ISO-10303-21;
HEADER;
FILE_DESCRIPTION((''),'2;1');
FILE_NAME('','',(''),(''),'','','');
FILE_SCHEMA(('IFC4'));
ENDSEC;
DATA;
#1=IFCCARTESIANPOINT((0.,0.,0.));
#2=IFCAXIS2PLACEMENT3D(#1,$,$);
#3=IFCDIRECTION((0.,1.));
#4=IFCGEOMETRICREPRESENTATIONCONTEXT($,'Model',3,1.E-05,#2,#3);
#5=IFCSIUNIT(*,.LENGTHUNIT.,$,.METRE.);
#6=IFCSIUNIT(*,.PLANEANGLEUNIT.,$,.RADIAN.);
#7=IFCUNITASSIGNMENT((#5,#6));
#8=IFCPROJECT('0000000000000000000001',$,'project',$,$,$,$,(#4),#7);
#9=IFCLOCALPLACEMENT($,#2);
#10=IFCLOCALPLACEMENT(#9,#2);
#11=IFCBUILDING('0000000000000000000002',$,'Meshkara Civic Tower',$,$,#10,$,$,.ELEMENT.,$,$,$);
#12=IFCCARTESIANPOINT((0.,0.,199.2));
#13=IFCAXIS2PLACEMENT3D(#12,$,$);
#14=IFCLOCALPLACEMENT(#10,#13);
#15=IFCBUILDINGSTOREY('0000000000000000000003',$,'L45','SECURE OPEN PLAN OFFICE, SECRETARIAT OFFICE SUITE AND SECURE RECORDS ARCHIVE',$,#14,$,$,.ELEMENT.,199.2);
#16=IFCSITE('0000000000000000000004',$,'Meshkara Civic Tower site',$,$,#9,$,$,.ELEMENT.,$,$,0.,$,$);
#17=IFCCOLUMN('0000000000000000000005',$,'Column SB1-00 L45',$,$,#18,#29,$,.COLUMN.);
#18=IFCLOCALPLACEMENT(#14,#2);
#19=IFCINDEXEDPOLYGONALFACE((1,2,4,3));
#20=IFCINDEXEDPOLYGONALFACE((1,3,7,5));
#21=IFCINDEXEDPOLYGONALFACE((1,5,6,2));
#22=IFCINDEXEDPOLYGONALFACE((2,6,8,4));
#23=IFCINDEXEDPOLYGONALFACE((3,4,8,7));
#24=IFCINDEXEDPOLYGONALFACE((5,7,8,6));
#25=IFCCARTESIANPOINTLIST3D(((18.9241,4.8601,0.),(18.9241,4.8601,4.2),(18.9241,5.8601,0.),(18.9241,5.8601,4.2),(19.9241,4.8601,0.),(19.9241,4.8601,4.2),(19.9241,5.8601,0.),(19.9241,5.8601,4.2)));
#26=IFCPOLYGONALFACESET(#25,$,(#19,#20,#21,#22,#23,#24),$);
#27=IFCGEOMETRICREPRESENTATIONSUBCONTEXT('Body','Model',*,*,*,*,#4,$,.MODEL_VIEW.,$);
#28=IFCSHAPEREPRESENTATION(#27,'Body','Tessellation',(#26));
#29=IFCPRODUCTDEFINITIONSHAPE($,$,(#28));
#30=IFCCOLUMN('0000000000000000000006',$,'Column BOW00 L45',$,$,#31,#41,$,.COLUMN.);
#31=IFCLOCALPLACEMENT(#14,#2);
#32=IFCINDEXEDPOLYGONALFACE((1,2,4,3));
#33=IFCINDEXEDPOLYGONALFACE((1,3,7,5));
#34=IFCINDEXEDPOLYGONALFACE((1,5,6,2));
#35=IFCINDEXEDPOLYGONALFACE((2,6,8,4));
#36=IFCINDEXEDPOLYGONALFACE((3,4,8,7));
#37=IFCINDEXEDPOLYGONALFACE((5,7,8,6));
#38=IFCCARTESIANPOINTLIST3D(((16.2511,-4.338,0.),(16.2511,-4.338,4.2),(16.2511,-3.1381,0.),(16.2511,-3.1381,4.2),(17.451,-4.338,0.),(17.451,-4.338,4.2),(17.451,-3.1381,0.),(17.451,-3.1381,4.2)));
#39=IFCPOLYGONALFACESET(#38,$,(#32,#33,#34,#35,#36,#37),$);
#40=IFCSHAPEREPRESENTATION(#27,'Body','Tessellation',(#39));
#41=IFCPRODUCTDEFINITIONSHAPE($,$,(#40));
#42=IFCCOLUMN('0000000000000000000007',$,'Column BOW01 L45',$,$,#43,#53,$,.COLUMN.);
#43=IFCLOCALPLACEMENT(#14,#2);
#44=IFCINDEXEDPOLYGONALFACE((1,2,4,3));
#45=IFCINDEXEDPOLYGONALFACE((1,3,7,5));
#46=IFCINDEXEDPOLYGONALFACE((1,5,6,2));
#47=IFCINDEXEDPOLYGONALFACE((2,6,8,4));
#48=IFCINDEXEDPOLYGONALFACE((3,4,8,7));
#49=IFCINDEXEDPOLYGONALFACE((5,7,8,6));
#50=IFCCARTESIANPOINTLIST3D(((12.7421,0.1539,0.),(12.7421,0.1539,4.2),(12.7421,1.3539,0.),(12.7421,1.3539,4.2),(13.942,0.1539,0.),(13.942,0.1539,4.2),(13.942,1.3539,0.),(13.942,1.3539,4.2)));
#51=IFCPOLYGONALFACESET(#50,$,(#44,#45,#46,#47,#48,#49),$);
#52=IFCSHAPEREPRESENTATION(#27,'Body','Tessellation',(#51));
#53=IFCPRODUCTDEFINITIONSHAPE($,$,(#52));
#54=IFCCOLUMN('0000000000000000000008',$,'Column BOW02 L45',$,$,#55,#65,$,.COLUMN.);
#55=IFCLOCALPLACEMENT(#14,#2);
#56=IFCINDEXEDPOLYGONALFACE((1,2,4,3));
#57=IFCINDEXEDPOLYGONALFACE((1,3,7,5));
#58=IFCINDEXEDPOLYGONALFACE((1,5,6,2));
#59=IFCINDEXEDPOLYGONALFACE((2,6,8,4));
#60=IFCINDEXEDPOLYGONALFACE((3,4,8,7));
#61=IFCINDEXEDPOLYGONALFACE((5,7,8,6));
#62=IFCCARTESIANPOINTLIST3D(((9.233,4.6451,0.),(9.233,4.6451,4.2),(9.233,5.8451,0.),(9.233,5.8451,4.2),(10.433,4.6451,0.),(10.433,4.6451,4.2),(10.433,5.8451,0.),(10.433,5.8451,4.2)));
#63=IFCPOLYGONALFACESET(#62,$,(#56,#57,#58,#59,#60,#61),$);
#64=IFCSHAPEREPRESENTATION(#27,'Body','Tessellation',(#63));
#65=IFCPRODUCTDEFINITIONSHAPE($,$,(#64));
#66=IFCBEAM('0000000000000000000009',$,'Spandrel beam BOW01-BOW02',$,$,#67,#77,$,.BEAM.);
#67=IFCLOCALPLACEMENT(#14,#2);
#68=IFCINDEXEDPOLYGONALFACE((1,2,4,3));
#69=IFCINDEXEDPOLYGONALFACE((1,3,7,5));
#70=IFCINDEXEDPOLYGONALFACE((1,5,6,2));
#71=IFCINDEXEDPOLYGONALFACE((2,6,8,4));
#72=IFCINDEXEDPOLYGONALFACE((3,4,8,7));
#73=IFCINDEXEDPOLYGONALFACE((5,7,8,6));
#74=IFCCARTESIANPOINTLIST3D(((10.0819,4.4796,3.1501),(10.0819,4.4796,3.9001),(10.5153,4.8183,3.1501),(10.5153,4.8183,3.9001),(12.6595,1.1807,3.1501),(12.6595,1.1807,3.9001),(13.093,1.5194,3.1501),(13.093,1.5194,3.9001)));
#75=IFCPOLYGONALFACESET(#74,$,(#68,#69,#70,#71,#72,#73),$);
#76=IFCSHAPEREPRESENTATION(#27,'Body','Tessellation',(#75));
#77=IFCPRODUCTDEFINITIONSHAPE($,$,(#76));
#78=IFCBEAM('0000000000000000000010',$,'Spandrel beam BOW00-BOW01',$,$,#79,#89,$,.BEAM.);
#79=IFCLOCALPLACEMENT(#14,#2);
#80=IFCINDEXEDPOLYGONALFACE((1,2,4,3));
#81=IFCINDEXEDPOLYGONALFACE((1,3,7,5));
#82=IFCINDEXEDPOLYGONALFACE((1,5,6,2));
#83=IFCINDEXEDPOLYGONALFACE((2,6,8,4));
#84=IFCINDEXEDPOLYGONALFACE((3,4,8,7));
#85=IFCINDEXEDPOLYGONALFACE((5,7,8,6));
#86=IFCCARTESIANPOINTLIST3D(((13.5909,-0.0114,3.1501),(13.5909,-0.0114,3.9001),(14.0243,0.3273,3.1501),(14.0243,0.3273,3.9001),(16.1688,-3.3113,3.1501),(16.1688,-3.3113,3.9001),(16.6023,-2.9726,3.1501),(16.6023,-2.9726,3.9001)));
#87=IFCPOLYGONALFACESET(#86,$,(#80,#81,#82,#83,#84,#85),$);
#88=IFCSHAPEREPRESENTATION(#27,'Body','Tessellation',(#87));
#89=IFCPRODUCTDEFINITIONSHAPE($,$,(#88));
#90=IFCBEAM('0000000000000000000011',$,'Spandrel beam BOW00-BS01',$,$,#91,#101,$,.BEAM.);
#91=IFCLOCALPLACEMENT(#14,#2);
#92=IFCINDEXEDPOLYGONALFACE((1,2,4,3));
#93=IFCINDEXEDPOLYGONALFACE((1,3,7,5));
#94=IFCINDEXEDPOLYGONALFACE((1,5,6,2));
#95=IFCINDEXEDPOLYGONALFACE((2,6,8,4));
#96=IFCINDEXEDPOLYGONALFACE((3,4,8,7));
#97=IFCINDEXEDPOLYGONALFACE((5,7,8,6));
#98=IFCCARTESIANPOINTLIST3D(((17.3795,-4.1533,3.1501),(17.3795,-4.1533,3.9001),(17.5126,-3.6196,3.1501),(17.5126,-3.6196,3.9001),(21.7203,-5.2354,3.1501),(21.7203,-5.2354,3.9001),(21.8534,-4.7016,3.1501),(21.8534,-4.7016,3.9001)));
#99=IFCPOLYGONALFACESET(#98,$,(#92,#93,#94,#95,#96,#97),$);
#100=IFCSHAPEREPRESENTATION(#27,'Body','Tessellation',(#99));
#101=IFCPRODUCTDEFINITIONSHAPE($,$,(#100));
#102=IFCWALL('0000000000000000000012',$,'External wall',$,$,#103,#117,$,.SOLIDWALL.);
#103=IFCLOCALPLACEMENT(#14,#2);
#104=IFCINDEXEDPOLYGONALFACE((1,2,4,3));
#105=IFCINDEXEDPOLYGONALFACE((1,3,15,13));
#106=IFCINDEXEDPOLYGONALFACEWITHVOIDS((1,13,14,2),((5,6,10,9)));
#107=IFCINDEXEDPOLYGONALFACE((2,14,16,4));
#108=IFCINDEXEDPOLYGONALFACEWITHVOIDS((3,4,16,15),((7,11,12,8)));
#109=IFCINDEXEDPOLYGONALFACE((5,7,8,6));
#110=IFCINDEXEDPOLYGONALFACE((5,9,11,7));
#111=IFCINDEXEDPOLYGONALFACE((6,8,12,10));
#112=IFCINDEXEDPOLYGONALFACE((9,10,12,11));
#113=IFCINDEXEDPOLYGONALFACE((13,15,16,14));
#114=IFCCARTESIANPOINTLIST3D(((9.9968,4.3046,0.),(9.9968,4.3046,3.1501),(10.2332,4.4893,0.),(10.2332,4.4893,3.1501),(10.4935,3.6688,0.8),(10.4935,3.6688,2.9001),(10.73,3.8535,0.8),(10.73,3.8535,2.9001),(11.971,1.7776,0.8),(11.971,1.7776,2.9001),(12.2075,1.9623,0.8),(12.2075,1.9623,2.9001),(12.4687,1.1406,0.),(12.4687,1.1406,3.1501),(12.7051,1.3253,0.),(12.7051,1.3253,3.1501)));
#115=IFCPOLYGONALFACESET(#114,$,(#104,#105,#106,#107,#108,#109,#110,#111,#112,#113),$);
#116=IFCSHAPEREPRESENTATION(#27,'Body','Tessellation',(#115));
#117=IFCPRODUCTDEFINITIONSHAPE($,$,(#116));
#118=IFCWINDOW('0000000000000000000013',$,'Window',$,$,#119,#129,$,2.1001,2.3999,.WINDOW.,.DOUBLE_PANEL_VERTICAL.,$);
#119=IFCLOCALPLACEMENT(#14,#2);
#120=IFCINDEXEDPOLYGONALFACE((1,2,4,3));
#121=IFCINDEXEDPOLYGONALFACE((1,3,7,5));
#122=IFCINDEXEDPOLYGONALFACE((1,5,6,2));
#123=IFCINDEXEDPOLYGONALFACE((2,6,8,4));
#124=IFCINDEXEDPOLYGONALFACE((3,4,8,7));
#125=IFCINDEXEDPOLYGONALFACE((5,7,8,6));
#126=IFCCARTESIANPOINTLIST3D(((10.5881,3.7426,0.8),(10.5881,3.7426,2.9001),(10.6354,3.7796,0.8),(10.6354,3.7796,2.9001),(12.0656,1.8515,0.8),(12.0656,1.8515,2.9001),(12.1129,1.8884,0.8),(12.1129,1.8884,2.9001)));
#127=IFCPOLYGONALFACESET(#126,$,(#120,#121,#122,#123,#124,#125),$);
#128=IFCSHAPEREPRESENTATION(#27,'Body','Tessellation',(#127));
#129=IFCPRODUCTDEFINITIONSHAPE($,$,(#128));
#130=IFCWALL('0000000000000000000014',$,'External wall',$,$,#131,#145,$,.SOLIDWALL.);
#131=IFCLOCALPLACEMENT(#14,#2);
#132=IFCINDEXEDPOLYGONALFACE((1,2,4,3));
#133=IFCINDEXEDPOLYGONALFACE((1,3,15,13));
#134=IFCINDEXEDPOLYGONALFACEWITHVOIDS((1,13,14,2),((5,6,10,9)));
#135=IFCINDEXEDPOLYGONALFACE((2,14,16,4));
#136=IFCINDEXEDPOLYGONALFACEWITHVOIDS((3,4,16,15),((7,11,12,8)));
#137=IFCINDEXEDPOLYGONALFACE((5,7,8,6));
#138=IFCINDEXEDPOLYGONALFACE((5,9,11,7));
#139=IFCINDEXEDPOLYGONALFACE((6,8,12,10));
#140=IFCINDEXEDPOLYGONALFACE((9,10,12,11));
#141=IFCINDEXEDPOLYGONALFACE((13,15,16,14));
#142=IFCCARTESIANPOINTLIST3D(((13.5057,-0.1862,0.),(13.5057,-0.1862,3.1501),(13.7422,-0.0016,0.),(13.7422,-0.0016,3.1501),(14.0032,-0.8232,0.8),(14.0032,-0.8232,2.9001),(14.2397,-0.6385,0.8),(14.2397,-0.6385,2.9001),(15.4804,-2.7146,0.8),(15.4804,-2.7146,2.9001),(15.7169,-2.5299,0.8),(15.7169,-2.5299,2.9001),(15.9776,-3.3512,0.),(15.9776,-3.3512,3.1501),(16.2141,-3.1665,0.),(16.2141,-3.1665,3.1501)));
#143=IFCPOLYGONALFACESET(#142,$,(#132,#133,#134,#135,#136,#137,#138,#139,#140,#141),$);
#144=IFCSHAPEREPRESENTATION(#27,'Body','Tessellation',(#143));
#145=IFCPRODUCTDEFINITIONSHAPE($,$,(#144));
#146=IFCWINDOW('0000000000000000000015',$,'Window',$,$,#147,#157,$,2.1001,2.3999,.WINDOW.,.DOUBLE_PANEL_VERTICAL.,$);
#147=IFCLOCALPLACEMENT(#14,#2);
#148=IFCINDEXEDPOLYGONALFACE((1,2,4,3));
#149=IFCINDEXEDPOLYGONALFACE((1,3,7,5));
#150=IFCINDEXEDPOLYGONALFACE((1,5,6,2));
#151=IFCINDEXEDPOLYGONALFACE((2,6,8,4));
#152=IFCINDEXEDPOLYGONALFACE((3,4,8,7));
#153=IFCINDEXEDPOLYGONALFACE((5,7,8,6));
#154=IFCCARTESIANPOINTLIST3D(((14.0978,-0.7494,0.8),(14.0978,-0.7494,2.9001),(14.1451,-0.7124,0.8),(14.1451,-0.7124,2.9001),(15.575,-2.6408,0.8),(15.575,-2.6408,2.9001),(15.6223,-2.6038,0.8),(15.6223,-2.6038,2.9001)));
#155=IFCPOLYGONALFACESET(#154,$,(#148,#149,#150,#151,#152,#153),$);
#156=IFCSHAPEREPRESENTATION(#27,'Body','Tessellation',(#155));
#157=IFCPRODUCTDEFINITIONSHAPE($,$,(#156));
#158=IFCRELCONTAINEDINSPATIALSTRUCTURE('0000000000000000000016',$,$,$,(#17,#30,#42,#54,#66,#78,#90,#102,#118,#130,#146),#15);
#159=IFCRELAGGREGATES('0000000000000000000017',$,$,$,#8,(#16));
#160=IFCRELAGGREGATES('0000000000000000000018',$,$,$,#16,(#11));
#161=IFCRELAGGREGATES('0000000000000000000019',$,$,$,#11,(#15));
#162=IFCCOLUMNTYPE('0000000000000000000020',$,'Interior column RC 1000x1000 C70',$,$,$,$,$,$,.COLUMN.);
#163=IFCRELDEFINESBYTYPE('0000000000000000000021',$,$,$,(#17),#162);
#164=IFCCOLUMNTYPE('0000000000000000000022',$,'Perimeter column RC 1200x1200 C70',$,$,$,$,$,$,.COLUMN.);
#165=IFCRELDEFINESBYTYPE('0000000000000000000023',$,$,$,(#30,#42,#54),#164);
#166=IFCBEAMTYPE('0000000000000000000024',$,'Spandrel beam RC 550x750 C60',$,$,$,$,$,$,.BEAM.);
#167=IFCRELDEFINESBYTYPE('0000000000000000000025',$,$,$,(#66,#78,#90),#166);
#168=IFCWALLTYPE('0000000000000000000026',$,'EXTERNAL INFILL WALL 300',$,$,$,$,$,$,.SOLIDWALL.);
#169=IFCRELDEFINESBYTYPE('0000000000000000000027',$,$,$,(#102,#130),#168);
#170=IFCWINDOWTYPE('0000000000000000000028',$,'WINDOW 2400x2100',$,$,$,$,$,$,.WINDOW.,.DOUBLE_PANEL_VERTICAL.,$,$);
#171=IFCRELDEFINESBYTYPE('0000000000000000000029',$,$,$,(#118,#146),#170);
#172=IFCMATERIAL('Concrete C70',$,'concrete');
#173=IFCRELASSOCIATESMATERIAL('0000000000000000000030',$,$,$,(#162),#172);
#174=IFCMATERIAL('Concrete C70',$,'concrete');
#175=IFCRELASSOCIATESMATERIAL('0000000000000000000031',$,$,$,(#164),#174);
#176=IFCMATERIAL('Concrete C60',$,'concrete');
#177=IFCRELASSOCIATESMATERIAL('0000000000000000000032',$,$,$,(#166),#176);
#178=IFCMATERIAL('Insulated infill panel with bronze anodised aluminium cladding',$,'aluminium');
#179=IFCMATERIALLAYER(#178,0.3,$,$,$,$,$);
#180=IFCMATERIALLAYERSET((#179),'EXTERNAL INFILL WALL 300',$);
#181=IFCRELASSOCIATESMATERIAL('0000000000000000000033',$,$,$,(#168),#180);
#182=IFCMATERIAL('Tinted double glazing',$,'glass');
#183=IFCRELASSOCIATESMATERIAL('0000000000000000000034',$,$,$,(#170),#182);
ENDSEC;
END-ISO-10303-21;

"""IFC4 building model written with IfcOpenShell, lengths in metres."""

from ifc_helpers import new_model, si_unit, direction, frame, frame_2d, origin, origin_2d, place, context, subcontext, project, spatial, rectangle, extrude, material, layer, layer_set, material_profile, profile_set, type_object, element, fill, save


model = new_model("IFC4")

# Units and contexts
model_context = context("Model", 3, precision=1e-05, world=origin(), true_north=direction((0.0, 1.0)))
body_context = subcontext(model_context, "Body", "Model", "MODEL_VIEW")
ifc_project = project(units=[si_unit("LENGTHUNIT", "METRE"), si_unit("PLANEANGLEUNIT", "RADIAN")], contexts=[model_context])

# Site, building, storey
site_placement = place(None, origin())
site = spatial("IfcSite", under=ifc_project, at=site_placement, Name="Meshkara Civic Tower site", CompositionType="ELEMENT", RefElevation=0.0)
building_placement = place(site_placement, origin())
building = spatial("IfcBuilding", under=site, at=building_placement, Name="Meshkara Civic Tower", CompositionType="ELEMENT")
storey_placement = place(building_placement, frame((0.0, 0.0, 199.2)))
storey = spatial("IfcBuildingStorey", under=building, at=storey_placement, Name="L45", Description="SECURE OPEN PLAN OFFICE, SECRETARIAT OFFICE SUITE AND SECURE RECORDS ARCHIVE", CompositionType="ELEMENT", Elevation=199.2)

# Columns
ifc_material_1 = material(Name="Concrete C70", Category="concrete")
ifc_material_profile_1 = material_profile(ifc_material_1, rectangle(XDim=1.0, YDim=1.0, at=origin_2d()))
ifc_profile_set_1 = profile_set([ifc_material_profile_1], Name="Concrete C70")
column_type_1 = type_object("IfcColumnType", Name="Interior column RC 1000x1000 C70", PredefinedType="COLUMN", material=ifc_profile_set_1)
column_placement = place(storey_placement, frame((19.4241, 5.3601, 0.0), z_axis=(0.0, 0.0, 1.0), x_axis=(1.0, 0.0, 0.0)))
element("IfcColumn", 1, at=column_placement, inside=storey, type_object=column_type_1, Name="Column SB1-00 L45", PredefinedType="COLUMN", context=body_context, shape_type="SweptSolid", body=[
    extrude(rectangle(XDim=1.0, YDim=1.0, at=origin_2d()), origin(), (0.0, 0.0, 1.0), 4.2),
])
ifc_material_2 = material(Name="Concrete C70", Category="concrete")
ifc_material_profile_2 = material_profile(ifc_material_2, rectangle(XDim=1.2, YDim=1.2, at=origin_2d()))
ifc_profile_set_2 = profile_set([ifc_material_profile_2], Name="Concrete C70")
column_type_2 = type_object("IfcColumnType", Name="Perimeter column RC 1200x1200 C70", PredefinedType="COLUMN", material=ifc_profile_set_2)
for number, where, z_axis, x_axis, name in (
    (2, (16.8511, -3.738, 0.0), (0.0, 0.0, 1.0), (1.0, 0.0, 0.0), "Column BOW00 L45"),
    (3, (13.342, 0.7539, 0.0), (0.0, 0.0, 1.0), (1.0, 0.0, 0.0), "Column BOW01 L45"),
    (4, (9.833, 5.2451, 0.0), (0.0, 0.0, 1.0), (1.0, 0.0, 0.0), "Column BOW02 L45"),
):
    element("IfcColumn", number, at=place(storey_placement, frame(where, z_axis=z_axis, x_axis=x_axis)), inside=storey, type_object=column_type_2, Name=name, PredefinedType="COLUMN", context=body_context, shape_type="SweptSolid", body=[
        extrude(rectangle(XDim=1.2, YDim=1.2, at=origin_2d()), origin(), (0.0, 0.0, 1.0), 4.2),
    ])

# Beams
ifc_material_3 = material(Name="Concrete C60", Category="concrete")
ifc_material_profile_3 = material_profile(ifc_material_3, rectangle(XDim=0.55, YDim=0.75, at=origin_2d()))
ifc_profile_set_3 = profile_set([ifc_material_profile_3], Name="Concrete C60")
beam_type = type_object("IfcBeamType", Name="Spandrel beam RC 550x750 C60", PredefinedType="BEAM", material=ifc_profile_set_3)
beam_1_placement = place(storey_placement, frame((10.2986, 4.6489, 3.5251), z_axis=(0.615707, -0.787975, 0.0), x_axis=(0.787975, 0.615707, 0.0)))
element("IfcBeam", 5, at=beam_1_placement, inside=storey, type_object=beam_type, Name="Spandrel beam BOW01-BOW02", PredefinedType="BEAM", context=body_context, shape_type="SweptSolid", body=[
    extrude(rectangle(XDim=0.55, YDim=0.75, at=origin_2d()), origin(), (0.0, 0.0, 1.0), 4.1865),
])
beam_2_placement = place(storey_placement, frame((13.8076, 0.158, 3.5251), z_axis=(0.61563, -0.788035, 0.0), x_axis=(0.788035, 0.61563, 0.0)))
element("IfcBeam", 6, at=beam_2_placement, inside=storey, type_object=beam_type, Name="Spandrel beam BOW00-BOW01", PredefinedType="BEAM", context=body_context, shape_type="SweptSolid", body=[
    extrude(rectangle(XDim=0.55, YDim=0.75, at=origin_2d()), origin(), (0.0, 0.0, 1.0), 4.1875),
])
beam_3_placement = place(storey_placement, frame((17.446, -3.8865, 3.5251), z_axis=(0.970309, -0.241868, 0.0), x_axis=(0.241868, 0.970309, 0.0)))
element("IfcBeam", 7, at=beam_3_placement, inside=storey, type_object=beam_type, Name="Spandrel beam BOW00-BS01", PredefinedType="BEAM", context=body_context, shape_type="SweptSolid", body=[
    extrude(rectangle(XDim=0.55, YDim=0.75, at=origin_2d()), origin(), (0.0, 0.0, 1.0), 4.4736),
])

# Walls, openings, windows
ifc_material_4 = material(Name="Insulated infill panel with bronze anodised aluminium cladding", Category="aluminium")
ifc_layer = layer(ifc_material_4, 0.3)
ifc_layer_set = layer_set([ifc_layer], Name="EXTERNAL INFILL WALL 300")
wall_type = type_object("IfcWallType", Name="EXTERNAL INFILL WALL 300", PredefinedType="SOLIDWALL", material=ifc_layer_set)
wall_1_placement = place(storey_placement, frame((10.115, 4.397, 0.0), z_axis=(0.0, 0.0, 1.0), x_axis=(0.615644, -0.788024, 0.0)))
wall_1 = element("IfcWall", 8, at=wall_1_placement, inside=storey, type_object=wall_type, Name="External wall", PredefinedType="SOLIDWALL", context=body_context, shape_type="SweptSolid", body=[
    extrude(rectangle(XDim=4.0151, YDim=0.3, at=frame_2d((2.0076, 0.0))), origin(), (0.0, 0.0, 1.0), 3.1501),
])
opening_1_placement = place(wall_1_placement, frame((0.8069, 0.0, 0.8)))
opening_1 = element("IfcOpeningElement", 9, at=opening_1_placement, cuts=wall_1, PredefinedType="OPENING", context=body_context, shape_type="SweptSolid", body=[
    extrude(rectangle(XDim=2.3999, YDim=2.1001, at=frame_2d((1.2, 1.05))), frame((0.0, 0.1599, 0.0), z_axis=(0.0, -1.0, 0.0), x_axis=(1.0, 0.0, 0.0)), (0.0, 0.0, 1.0), 0.3201),
])
ifc_material_5 = material(Name="Tinted double glazing", Category="glass")
window_type = type_object("IfcWindowType", Name="WINDOW 2400x2100", PartitioningType="DOUBLE_PANEL_VERTICAL", PredefinedType="WINDOW", material=ifc_material_5)
window_1_placement = place(opening_1_placement, origin())
window_1 = element("IfcWindow", 10, at=window_1_placement, inside=storey, type_object=window_type, Name="Window", OverallHeight=2.1001, OverallWidth=2.3999, PartitioningType="DOUBLE_PANEL_VERTICAL", PredefinedType="WINDOW", context=body_context, shape_type="SweptSolid", body=[
    extrude(rectangle(XDim=2.3999, YDim=2.1001, at=frame_2d((1.2, 1.05))), frame((0.0, 0.03, 0.0), z_axis=(0.0, -1.0, 0.0), x_axis=(1.0, 0.0, 0.0)), (0.0, 0.0, 1.0), 0.0601),
])
fill(opening_1, window_1)
wall_2_placement = place(storey_placement, frame((13.624, -0.094, 0.0), z_axis=(0.0, 0.0, 1.0), x_axis=(0.615526, -0.788117, 0.0)))
wall_2 = element("IfcWall", 11, at=wall_2_placement, inside=storey, type_object=wall_type, Name="External wall", PredefinedType="SOLIDWALL", context=body_context, shape_type="SweptSolid", body=[
    extrude(rectangle(XDim=4.0159, YDim=0.3, at=frame_2d((2.0078, 0.0))), origin(), (0.0, 0.0, 1.0), 3.1501),
])
opening_2_placement = place(wall_2_placement, frame((0.8081, 0.0, 0.8)))
opening_2 = element("IfcOpeningElement", 12, at=opening_2_placement, cuts=wall_2, PredefinedType="OPENING", context=body_context, shape_type="SweptSolid", body=[
    extrude(rectangle(XDim=2.3999, YDim=2.1001, at=frame_2d((1.2, 1.05))), frame((0.0, 0.1599, 0.0), z_axis=(0.0, -1.0, 0.0), x_axis=(1.0, 0.0, 0.0)), (0.0, 0.0, 1.0), 0.3201),
])
window_2_placement = place(opening_2_placement, origin())
window_2 = element("IfcWindow", 13, at=window_2_placement, inside=storey, type_object=window_type, Name="Window", OverallHeight=2.1001, OverallWidth=2.3999, PartitioningType="DOUBLE_PANEL_VERTICAL", PredefinedType="WINDOW", context=body_context, shape_type="SweptSolid", body=[
    extrude(rectangle(XDim=2.3999, YDim=2.1001, at=frame_2d((1.2, 1.05))), frame((0.0, 0.03, 0.0), z_axis=(0.0, -1.0, 0.0), x_axis=(1.0, 0.0, 0.0)), (0.0, 0.0, 1.0), 0.0601),
])
fill(opening_2, window_2)

save(model, "model.ifc")
